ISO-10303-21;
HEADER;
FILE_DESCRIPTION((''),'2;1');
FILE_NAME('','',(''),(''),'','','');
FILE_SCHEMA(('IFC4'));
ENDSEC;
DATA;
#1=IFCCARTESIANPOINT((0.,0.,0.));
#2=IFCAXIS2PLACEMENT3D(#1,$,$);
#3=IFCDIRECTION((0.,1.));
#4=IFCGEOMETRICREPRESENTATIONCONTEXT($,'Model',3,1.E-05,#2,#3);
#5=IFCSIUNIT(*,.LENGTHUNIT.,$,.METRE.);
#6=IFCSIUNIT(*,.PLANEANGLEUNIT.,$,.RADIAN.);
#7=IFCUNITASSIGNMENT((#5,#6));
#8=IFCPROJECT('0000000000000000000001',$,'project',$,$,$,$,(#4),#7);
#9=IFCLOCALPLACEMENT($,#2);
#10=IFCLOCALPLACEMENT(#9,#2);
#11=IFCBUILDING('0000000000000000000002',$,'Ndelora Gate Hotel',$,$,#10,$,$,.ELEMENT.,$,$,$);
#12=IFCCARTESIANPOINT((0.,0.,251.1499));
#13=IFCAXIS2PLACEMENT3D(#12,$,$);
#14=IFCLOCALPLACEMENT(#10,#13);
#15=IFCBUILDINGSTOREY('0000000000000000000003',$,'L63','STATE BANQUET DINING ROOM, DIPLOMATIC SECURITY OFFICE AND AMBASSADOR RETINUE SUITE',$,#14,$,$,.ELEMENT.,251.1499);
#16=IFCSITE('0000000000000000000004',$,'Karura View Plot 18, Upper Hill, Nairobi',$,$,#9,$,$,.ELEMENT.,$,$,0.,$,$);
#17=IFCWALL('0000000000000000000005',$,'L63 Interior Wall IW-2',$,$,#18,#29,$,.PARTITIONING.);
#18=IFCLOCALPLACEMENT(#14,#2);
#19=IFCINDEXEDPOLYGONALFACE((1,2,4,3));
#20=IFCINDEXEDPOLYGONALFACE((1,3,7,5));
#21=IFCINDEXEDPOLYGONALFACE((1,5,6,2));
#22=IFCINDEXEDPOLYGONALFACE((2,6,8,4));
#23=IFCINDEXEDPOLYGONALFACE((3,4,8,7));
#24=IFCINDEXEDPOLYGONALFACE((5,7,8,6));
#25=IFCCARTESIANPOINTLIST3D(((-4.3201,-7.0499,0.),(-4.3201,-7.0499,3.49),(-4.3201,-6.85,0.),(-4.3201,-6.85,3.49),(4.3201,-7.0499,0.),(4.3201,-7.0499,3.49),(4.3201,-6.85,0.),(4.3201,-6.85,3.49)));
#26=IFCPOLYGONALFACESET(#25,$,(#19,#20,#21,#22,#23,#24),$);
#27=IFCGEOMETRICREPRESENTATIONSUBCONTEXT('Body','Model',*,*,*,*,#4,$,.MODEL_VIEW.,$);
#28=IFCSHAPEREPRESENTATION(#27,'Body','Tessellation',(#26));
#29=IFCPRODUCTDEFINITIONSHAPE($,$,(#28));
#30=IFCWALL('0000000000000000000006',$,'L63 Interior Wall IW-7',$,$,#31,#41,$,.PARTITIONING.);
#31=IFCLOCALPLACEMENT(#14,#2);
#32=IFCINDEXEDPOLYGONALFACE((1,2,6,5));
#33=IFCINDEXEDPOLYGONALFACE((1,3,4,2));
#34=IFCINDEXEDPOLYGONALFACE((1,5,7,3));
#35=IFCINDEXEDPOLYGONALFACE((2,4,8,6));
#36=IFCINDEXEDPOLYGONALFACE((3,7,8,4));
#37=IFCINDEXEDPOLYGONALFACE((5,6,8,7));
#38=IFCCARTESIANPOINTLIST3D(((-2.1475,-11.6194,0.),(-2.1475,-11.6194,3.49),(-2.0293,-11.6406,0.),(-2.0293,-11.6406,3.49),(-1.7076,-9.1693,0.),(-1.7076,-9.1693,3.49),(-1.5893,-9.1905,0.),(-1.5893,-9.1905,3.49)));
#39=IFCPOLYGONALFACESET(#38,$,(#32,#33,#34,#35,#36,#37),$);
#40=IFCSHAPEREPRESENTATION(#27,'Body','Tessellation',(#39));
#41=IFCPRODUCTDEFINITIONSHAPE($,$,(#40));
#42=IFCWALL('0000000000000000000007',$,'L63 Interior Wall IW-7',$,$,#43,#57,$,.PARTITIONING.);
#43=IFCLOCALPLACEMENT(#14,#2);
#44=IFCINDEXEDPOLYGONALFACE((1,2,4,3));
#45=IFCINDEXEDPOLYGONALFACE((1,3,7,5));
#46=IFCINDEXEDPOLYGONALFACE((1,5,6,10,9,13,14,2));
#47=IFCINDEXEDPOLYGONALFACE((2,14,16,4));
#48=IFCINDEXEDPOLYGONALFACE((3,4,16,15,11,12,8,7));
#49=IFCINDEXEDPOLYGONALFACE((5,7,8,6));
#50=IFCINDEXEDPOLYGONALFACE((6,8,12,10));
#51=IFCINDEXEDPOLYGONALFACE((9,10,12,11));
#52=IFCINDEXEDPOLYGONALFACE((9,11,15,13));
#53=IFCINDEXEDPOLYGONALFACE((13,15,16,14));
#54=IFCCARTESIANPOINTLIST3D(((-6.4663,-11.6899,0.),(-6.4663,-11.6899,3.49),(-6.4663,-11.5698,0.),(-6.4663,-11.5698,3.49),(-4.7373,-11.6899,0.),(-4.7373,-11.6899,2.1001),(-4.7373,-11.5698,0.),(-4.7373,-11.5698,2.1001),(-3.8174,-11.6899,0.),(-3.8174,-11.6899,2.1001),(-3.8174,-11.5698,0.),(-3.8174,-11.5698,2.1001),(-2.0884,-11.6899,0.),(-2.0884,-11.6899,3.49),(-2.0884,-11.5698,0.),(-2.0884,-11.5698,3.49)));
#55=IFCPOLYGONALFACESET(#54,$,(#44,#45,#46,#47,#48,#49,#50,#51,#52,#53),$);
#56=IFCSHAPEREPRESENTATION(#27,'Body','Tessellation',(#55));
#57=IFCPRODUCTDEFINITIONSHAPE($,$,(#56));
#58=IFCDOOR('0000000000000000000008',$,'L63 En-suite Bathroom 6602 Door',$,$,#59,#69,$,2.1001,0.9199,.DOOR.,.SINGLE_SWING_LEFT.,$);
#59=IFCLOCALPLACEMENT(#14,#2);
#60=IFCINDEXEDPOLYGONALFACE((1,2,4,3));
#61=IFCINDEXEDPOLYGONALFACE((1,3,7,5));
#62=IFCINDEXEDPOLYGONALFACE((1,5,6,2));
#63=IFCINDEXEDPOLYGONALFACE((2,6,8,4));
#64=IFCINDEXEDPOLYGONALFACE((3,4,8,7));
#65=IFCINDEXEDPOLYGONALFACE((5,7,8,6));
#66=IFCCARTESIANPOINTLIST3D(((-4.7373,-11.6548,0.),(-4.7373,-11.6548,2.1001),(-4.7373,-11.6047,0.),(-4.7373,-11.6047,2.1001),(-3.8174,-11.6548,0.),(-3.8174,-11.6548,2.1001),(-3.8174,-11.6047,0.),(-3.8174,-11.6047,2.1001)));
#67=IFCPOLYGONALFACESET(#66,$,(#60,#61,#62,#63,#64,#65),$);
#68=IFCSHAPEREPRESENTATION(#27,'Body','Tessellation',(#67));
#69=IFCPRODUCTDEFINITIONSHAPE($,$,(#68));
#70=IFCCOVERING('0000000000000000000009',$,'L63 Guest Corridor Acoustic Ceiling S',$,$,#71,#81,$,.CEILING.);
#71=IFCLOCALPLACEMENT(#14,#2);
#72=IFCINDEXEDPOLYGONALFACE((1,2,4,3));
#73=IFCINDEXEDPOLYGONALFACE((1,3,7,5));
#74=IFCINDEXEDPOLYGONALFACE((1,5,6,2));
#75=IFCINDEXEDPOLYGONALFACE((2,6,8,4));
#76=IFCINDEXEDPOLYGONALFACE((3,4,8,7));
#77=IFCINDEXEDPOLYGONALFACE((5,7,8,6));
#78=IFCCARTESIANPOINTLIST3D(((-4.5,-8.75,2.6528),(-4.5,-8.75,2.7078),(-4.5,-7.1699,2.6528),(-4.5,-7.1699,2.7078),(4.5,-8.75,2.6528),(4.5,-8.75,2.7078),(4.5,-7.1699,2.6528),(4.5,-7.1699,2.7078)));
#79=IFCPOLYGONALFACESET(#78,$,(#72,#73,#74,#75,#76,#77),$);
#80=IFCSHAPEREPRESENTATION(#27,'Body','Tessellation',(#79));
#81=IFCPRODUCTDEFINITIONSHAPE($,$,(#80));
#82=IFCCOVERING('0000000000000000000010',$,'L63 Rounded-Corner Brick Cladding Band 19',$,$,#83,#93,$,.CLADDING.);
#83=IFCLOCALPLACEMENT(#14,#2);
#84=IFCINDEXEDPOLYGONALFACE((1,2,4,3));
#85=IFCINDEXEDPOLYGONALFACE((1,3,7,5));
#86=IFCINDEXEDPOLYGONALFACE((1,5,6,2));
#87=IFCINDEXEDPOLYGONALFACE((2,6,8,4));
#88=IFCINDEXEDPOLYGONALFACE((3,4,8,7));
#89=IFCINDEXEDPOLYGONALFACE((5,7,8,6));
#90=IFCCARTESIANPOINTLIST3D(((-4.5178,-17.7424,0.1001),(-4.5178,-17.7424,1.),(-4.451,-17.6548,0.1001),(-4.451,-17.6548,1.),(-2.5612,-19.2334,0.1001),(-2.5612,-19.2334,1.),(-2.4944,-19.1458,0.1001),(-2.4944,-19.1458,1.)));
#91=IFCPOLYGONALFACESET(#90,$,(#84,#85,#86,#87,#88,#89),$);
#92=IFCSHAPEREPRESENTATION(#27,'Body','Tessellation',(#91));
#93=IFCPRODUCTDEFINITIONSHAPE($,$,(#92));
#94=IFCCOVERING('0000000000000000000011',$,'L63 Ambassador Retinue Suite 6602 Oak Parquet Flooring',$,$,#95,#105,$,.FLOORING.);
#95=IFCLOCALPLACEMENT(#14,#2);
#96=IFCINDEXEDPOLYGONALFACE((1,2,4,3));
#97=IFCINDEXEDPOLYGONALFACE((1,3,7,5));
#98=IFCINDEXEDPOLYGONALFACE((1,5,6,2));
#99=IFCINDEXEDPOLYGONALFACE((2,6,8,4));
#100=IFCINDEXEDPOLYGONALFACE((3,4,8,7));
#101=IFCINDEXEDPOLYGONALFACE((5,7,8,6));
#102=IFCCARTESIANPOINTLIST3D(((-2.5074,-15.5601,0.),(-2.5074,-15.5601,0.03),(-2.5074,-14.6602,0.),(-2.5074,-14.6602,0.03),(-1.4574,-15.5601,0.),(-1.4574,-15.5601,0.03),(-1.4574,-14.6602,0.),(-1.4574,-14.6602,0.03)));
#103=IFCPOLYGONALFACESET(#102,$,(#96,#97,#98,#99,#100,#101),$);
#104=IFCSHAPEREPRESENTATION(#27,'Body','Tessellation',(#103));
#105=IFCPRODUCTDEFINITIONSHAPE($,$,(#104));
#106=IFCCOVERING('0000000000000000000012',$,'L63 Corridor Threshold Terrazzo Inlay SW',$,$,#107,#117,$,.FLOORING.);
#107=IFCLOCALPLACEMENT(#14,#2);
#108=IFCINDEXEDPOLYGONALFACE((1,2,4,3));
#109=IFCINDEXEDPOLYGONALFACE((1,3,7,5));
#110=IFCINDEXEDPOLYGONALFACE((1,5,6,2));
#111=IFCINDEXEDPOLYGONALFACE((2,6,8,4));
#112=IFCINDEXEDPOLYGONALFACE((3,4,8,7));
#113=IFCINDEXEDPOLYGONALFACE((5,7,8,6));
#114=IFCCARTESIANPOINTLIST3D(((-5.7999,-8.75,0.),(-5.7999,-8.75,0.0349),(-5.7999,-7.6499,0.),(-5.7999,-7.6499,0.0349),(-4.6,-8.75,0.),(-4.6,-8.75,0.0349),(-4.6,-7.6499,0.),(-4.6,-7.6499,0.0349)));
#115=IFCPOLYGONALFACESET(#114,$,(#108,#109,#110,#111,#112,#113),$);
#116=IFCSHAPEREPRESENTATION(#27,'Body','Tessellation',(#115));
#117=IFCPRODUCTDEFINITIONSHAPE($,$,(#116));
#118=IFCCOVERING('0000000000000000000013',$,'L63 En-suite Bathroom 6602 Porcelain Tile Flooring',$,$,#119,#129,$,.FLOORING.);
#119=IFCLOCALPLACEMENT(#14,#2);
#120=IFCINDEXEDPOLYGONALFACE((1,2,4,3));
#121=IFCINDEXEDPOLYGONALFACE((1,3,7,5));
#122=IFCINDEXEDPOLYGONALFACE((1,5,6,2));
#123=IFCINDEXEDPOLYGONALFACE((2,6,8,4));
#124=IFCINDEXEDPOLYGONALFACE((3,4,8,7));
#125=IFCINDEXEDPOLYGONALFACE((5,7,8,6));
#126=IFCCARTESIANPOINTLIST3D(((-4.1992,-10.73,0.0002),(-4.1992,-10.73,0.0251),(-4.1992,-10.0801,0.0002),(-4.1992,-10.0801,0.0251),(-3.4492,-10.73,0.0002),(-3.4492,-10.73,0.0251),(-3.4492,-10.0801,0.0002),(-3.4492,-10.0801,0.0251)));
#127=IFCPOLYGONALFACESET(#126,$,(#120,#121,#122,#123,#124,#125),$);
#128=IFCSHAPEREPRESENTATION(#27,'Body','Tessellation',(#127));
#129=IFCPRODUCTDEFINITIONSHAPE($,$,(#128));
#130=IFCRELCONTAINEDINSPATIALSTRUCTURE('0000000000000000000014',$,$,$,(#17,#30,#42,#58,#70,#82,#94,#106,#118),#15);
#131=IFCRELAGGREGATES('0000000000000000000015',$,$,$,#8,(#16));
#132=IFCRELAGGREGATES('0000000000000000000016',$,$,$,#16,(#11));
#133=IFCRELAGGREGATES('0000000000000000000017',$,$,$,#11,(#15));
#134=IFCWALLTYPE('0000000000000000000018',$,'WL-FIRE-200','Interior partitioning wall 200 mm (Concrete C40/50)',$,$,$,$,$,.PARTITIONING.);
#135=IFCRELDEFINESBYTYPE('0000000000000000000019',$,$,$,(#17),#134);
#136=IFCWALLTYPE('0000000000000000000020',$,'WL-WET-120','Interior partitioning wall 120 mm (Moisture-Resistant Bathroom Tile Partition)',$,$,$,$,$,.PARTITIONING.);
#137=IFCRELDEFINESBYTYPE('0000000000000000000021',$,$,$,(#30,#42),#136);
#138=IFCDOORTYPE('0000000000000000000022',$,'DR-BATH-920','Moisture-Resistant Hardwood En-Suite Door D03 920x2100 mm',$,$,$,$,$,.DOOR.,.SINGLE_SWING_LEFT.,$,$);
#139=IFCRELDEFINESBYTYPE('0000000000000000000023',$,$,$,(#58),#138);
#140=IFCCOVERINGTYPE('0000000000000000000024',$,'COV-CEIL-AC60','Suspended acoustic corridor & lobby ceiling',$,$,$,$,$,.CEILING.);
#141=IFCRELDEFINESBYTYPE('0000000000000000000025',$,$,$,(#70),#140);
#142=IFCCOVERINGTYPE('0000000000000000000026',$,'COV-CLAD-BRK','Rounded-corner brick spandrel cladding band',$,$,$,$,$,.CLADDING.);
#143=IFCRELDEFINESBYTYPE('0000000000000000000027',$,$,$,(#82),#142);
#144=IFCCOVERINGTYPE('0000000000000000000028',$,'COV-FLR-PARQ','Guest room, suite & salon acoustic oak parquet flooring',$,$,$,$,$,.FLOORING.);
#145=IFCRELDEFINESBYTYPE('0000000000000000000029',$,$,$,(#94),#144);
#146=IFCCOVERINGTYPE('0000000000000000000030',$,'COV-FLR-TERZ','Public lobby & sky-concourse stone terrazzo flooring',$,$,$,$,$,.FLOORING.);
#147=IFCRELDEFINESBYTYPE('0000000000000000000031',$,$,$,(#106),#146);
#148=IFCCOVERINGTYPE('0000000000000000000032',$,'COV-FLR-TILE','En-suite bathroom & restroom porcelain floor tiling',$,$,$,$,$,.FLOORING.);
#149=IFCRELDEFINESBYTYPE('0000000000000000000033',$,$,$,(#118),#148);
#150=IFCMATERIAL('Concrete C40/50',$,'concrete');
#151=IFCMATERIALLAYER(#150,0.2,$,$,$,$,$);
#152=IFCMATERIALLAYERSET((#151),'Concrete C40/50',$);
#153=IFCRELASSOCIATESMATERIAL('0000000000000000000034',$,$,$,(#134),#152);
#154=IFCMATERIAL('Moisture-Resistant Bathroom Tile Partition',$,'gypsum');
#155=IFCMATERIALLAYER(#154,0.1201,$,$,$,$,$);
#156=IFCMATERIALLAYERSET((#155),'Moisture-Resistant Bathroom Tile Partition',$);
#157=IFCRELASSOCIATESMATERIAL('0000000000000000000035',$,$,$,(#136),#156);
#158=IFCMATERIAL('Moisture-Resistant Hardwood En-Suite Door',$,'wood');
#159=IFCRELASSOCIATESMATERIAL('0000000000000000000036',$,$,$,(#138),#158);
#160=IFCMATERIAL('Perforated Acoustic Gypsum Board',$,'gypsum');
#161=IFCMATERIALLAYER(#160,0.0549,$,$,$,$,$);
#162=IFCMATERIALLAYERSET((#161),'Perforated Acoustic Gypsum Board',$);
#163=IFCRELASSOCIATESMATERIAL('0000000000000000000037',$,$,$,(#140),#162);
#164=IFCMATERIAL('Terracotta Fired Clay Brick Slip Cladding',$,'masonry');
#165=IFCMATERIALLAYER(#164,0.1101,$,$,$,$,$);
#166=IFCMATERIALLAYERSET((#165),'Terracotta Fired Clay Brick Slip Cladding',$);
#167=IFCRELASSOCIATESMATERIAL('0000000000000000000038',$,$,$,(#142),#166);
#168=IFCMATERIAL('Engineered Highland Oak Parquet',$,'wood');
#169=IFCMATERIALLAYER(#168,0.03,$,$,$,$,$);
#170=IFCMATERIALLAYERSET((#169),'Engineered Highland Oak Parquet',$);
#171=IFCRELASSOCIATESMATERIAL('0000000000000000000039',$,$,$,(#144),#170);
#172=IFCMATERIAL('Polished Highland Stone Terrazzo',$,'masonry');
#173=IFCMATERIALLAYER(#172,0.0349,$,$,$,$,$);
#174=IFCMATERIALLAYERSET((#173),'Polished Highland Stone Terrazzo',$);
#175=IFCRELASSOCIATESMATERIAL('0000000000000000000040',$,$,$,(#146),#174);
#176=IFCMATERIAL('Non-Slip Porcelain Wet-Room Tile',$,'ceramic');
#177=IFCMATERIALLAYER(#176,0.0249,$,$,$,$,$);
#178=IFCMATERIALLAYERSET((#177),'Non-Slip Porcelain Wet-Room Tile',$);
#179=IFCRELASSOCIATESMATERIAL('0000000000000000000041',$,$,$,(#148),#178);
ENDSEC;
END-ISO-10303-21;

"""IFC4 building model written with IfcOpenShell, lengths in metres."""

from ifc_helpers import new_model, si_unit, direction, frame, frame_2d, origin, origin_2d, place, context, subcontext, project, spatial, rectangle, extrude, material, layer, layer_set, type_object, element, fill, save


model = new_model("IFC4")

# Units and contexts
model_context = context("Model", 3, precision=1e-05, world=origin(), true_north=direction((0.0, 1.0)))
body_context = subcontext(model_context, "Body", "Model", "MODEL_VIEW")
ifc_project = project(units=[si_unit("LENGTHUNIT", "METRE"), si_unit("PLANEANGLEUNIT", "RADIAN")], contexts=[model_context])

# Site, building, storey
site_placement = place(None, origin())
site = spatial("IfcSite", under=ifc_project, at=site_placement, Name="Karura View Plot 18, Upper Hill, Nairobi", CompositionType="ELEMENT", RefElevation=0.0)
building_placement = place(site_placement, origin())
building = spatial("IfcBuilding", under=site, at=building_placement, Name="Ndelora Gate Hotel", CompositionType="ELEMENT")
storey_placement = place(building_placement, frame((0.0, 0.0, 251.1499)))
storey = spatial("IfcBuildingStorey", under=building, at=storey_placement, Name="L63", Description="STATE BANQUET DINING ROOM, DIPLOMATIC SECURITY OFFICE AND AMBASSADOR RETINUE SUITE", CompositionType="ELEMENT", Elevation=251.1499)

# Walls
ifc_material_1 = material(Name="Concrete C40/50", Category="concrete")
ifc_layer_1 = layer(ifc_material_1, 0.2)
ifc_layer_set_1 = layer_set([ifc_layer_1], Name="Concrete C40/50")
wall_type_1 = type_object("IfcWallType", Name="WL-FIRE-200", Description="Interior partitioning wall 200 mm (Concrete C40/50)", PredefinedType="PARTITIONING", material=ifc_layer_set_1)
wall_1_placement = place(storey_placement, frame((-4.3201, -6.95, 0.0), z_axis=(0.0, 0.0, 1.0), x_axis=(1.0, 0.0, 0.0)))
element("IfcWall", 1, at=wall_1_placement, inside=storey, type_object=wall_type_1, Name="L63 Interior Wall IW-2", PredefinedType="PARTITIONING", context=body_context, shape_type="SweptSolid", body=[
    extrude(rectangle(XDim=8.6401, YDim=0.2, at=frame_2d((4.3201, 0.0))), origin(), (0.0, 0.0, 1.0), 3.49),
])
ifc_material_2 = material(Name="Moisture-Resistant Bathroom Tile Partition", Category="gypsum")
ifc_layer_2 = layer(ifc_material_2, 0.1201)
ifc_layer_set_2 = layer_set([ifc_layer_2], Name="Moisture-Resistant Bathroom Tile Partition")
wall_type_2 = type_object("IfcWallType", Name="WL-WET-120", Description="Interior partitioning wall 120 mm (Moisture-Resistant Bathroom Tile Partition)", PredefinedType="PARTITIONING", material=ifc_layer_set_2)
wall_2_placement = place(storey_placement, frame((-1.6484, -9.1799, 0.0), z_axis=(0.0, 0.0, 1.0), x_axis=(-0.176744, -0.984257, 0.0)))
element("IfcWall", 2, at=wall_2_placement, inside=storey, type_object=wall_type_2, Name="L63 Interior Wall IW-7", PredefinedType="PARTITIONING", context=body_context, shape_type="SweptSolid", body=[
    extrude(rectangle(XDim=2.4893, YDim=0.1201, at=frame_2d((1.2446, 0.0))), origin(), (0.0, 0.0, 1.0), 3.49),
])

# Wall, opening, door
wall_3_placement = place(storey_placement, frame((-2.0884, -11.6299, 0.0), z_axis=(0.0, 0.0, 1.0), x_axis=(-1.0, 0.0, 0.0)))
wall_3 = element("IfcWall", 3, at=wall_3_placement, inside=storey, type_object=wall_type_2, Name="L63 Interior Wall IW-7", PredefinedType="PARTITIONING", context=body_context, shape_type="SweptSolid", body=[
    extrude(rectangle(XDim=4.3779, YDim=0.1201, at=frame_2d((2.189, 0.0))), origin(), (0.0, 0.0, 1.0), 3.49),
])
opening_1_placement = place(wall_3_placement, frame((1.729, 0.0, 0.0)))
opening_1 = element("IfcOpeningElement", 4, at=opening_1_placement, cuts=wall_3, PredefinedType="OPENING", context=body_context, shape_type="SweptSolid", body=[
    extrude(rectangle(XDim=0.9199, YDim=2.1001, at=frame_2d((0.46, 1.05))), frame((0.0, 0.0701, 0.0), z_axis=(0.0, -1.0, 0.0), x_axis=(1.0, 0.0, 0.0)), (0.0, 0.0, 1.0), 0.1401),
])
ifc_material_3 = material(Name="Moisture-Resistant Hardwood En-Suite Door", Category="wood")
door_type = type_object("IfcDoorType", Name="DR-BATH-920", Description="Moisture-Resistant Hardwood En-Suite Door D03 920x2100 mm", OperationType="SINGLE_SWING_LEFT", PredefinedType="DOOR", material=ifc_material_3)
door_placement = place(opening_1_placement, origin())
door = element("IfcDoor", 5, at=door_placement, inside=storey, type_object=door_type, Name="L63 En-suite Bathroom 6602 Door", OperationType="SINGLE_SWING_LEFT", OverallHeight=2.1001, OverallWidth=0.9199, PredefinedType="DOOR", context=body_context, shape_type="SweptSolid", body=[
    extrude(rectangle(XDim=0.9199, YDim=2.1001, at=frame_2d((0.46, 1.05))), frame((0.0, 0.0249, 0.0), z_axis=(0.0, -1.0, 0.0), x_axis=(1.0, 0.0, 0.0)), (0.0, 0.0, 1.0), 0.05),
])
fill(opening_1, door)

# Coverings
ifc_material_4 = material(Name="Perforated Acoustic Gypsum Board", Category="gypsum")
ifc_layer_3 = layer(ifc_material_4, 0.0549)
ifc_layer_set_3 = layer_set([ifc_layer_3], Name="Perforated Acoustic Gypsum Board")
covering_type_1 = type_object("IfcCoveringType", Name="COV-CEIL-AC60", Description="Suspended acoustic corridor & lobby ceiling", PredefinedType="CEILING", material=ifc_layer_set_3)
covering_1_placement = place(storey_placement, frame((0.0, -7.96, 2.6528), z_axis=(0.0, 0.0, 1.0), x_axis=(1.0, 0.0, 0.0)))
element("IfcCovering", 6, at=covering_1_placement, inside=storey, type_object=covering_type_1, Name="L63 Guest Corridor Acoustic Ceiling S", PredefinedType="CEILING", context=body_context, shape_type="SweptSolid", body=[
    extrude(rectangle(XDim=9.0, YDim=1.5801, at=origin_2d()), origin(), (0.0, 0.0, 1.0), 0.0549),
])
ifc_material_5 = material(Name="Terracotta Fired Clay Brick Slip Cladding", Category="masonry")
ifc_layer_4 = layer(ifc_material_5, 0.1101)
ifc_layer_set_4 = layer_set([ifc_layer_4], Name="Terracotta Fired Clay Brick Slip Cladding")
covering_type_2 = type_object("IfcCoveringType", Name="COV-CLAD-BRK", Description="Rounded-corner brick spandrel cladding band", PredefinedType="CLADDING", material=ifc_layer_set_4)
covering_2_placement = place(storey_placement, frame((-3.5061, -18.4441, 0.1001), z_axis=(0.0, 0.0, 1.0), x_axis=(-0.795368, 0.606127, 0.0)))
element("IfcCovering", 7, at=covering_2_placement, inside=storey, type_object=covering_type_2, Name="L63 Rounded-Corner Brick Cladding Band 19", PredefinedType="CLADDING", context=body_context, shape_type="SweptSolid", body=[
    extrude(rectangle(XDim=2.46, YDim=0.1101, at=origin_2d()), origin(), (0.0, 0.0, 1.0), 0.8999),
])
ifc_material_6 = material(Name="Engineered Highland Oak Parquet", Category="wood")
ifc_layer_5 = layer(ifc_material_6, 0.03)
ifc_layer_set_5 = layer_set([ifc_layer_5], Name="Engineered Highland Oak Parquet")
covering_type_3 = type_object("IfcCoveringType", Name="COV-FLR-PARQ", Description="Guest room, suite & salon acoustic oak parquet flooring", PredefinedType="FLOORING", material=ifc_layer_set_5)
covering_3_placement = place(storey_placement, frame((-1.9824, -15.1101, 0.0), z_axis=(0.0, 0.0, 1.0), x_axis=(1.0, 0.0, 0.0)))
element("IfcCovering", 8, at=covering_3_placement, inside=storey, type_object=covering_type_3, Name="L63 Ambassador Retinue Suite 6602 Oak Parquet Flooring", PredefinedType="FLOORING", context=body_context, shape_type="SweptSolid", body=[
    extrude(rectangle(XDim=1.05, YDim=0.8999, at=origin_2d()), origin(), (0.0, 0.0, 1.0), 0.03),
])
ifc_material_7 = material(Name="Polished Highland Stone Terrazzo", Category="masonry")
ifc_layer_6 = layer(ifc_material_7, 0.0349)
ifc_layer_set_6 = layer_set([ifc_layer_6], Name="Polished Highland Stone Terrazzo")
covering_type_4 = type_object("IfcCoveringType", Name="COV-FLR-TERZ", Description="Public lobby & sky-concourse stone terrazzo flooring", PredefinedType="FLOORING", material=ifc_layer_set_6)
covering_4_placement = place(storey_placement, frame((-5.2, -8.2, 0.0), z_axis=(0.0, 0.0, 1.0), x_axis=(1.0, 0.0, 0.0)))
element("IfcCovering", 9, at=covering_4_placement, inside=storey, type_object=covering_type_4, Name="L63 Corridor Threshold Terrazzo Inlay SW", PredefinedType="FLOORING", context=body_context, shape_type="SweptSolid", body=[
    extrude(rectangle(XDim=1.2, YDim=1.1001, at=origin_2d()), origin(), (0.0, 0.0, 1.0), 0.0349),
])
ifc_material_8 = material(Name="Non-Slip Porcelain Wet-Room Tile", Category="ceramic")
ifc_layer_7 = layer(ifc_material_8, 0.0249)
ifc_layer_set_7 = layer_set([ifc_layer_7], Name="Non-Slip Porcelain Wet-Room Tile")
covering_type_5 = type_object("IfcCoveringType", Name="COV-FLR-TILE", Description="En-suite bathroom & restroom porcelain floor tiling", PredefinedType="FLOORING", material=ifc_layer_set_7)
covering_5_placement = place(storey_placement, frame((-3.8242, -10.405, 0.0002), z_axis=(0.0, 0.0, 1.0), x_axis=(1.0, 0.0, 0.0)))
element("IfcCovering", 10, at=covering_5_placement, inside=storey, type_object=covering_type_5, Name="L63 En-suite Bathroom 6602 Porcelain Tile Flooring", PredefinedType="FLOORING", context=body_context, shape_type="SweptSolid", body=[
    extrude(rectangle(XDim=0.75, YDim=0.6499, at=origin_2d()), origin(), (0.0, 0.0, 1.0), 0.0249),
])

save(model, "model.ifc")
